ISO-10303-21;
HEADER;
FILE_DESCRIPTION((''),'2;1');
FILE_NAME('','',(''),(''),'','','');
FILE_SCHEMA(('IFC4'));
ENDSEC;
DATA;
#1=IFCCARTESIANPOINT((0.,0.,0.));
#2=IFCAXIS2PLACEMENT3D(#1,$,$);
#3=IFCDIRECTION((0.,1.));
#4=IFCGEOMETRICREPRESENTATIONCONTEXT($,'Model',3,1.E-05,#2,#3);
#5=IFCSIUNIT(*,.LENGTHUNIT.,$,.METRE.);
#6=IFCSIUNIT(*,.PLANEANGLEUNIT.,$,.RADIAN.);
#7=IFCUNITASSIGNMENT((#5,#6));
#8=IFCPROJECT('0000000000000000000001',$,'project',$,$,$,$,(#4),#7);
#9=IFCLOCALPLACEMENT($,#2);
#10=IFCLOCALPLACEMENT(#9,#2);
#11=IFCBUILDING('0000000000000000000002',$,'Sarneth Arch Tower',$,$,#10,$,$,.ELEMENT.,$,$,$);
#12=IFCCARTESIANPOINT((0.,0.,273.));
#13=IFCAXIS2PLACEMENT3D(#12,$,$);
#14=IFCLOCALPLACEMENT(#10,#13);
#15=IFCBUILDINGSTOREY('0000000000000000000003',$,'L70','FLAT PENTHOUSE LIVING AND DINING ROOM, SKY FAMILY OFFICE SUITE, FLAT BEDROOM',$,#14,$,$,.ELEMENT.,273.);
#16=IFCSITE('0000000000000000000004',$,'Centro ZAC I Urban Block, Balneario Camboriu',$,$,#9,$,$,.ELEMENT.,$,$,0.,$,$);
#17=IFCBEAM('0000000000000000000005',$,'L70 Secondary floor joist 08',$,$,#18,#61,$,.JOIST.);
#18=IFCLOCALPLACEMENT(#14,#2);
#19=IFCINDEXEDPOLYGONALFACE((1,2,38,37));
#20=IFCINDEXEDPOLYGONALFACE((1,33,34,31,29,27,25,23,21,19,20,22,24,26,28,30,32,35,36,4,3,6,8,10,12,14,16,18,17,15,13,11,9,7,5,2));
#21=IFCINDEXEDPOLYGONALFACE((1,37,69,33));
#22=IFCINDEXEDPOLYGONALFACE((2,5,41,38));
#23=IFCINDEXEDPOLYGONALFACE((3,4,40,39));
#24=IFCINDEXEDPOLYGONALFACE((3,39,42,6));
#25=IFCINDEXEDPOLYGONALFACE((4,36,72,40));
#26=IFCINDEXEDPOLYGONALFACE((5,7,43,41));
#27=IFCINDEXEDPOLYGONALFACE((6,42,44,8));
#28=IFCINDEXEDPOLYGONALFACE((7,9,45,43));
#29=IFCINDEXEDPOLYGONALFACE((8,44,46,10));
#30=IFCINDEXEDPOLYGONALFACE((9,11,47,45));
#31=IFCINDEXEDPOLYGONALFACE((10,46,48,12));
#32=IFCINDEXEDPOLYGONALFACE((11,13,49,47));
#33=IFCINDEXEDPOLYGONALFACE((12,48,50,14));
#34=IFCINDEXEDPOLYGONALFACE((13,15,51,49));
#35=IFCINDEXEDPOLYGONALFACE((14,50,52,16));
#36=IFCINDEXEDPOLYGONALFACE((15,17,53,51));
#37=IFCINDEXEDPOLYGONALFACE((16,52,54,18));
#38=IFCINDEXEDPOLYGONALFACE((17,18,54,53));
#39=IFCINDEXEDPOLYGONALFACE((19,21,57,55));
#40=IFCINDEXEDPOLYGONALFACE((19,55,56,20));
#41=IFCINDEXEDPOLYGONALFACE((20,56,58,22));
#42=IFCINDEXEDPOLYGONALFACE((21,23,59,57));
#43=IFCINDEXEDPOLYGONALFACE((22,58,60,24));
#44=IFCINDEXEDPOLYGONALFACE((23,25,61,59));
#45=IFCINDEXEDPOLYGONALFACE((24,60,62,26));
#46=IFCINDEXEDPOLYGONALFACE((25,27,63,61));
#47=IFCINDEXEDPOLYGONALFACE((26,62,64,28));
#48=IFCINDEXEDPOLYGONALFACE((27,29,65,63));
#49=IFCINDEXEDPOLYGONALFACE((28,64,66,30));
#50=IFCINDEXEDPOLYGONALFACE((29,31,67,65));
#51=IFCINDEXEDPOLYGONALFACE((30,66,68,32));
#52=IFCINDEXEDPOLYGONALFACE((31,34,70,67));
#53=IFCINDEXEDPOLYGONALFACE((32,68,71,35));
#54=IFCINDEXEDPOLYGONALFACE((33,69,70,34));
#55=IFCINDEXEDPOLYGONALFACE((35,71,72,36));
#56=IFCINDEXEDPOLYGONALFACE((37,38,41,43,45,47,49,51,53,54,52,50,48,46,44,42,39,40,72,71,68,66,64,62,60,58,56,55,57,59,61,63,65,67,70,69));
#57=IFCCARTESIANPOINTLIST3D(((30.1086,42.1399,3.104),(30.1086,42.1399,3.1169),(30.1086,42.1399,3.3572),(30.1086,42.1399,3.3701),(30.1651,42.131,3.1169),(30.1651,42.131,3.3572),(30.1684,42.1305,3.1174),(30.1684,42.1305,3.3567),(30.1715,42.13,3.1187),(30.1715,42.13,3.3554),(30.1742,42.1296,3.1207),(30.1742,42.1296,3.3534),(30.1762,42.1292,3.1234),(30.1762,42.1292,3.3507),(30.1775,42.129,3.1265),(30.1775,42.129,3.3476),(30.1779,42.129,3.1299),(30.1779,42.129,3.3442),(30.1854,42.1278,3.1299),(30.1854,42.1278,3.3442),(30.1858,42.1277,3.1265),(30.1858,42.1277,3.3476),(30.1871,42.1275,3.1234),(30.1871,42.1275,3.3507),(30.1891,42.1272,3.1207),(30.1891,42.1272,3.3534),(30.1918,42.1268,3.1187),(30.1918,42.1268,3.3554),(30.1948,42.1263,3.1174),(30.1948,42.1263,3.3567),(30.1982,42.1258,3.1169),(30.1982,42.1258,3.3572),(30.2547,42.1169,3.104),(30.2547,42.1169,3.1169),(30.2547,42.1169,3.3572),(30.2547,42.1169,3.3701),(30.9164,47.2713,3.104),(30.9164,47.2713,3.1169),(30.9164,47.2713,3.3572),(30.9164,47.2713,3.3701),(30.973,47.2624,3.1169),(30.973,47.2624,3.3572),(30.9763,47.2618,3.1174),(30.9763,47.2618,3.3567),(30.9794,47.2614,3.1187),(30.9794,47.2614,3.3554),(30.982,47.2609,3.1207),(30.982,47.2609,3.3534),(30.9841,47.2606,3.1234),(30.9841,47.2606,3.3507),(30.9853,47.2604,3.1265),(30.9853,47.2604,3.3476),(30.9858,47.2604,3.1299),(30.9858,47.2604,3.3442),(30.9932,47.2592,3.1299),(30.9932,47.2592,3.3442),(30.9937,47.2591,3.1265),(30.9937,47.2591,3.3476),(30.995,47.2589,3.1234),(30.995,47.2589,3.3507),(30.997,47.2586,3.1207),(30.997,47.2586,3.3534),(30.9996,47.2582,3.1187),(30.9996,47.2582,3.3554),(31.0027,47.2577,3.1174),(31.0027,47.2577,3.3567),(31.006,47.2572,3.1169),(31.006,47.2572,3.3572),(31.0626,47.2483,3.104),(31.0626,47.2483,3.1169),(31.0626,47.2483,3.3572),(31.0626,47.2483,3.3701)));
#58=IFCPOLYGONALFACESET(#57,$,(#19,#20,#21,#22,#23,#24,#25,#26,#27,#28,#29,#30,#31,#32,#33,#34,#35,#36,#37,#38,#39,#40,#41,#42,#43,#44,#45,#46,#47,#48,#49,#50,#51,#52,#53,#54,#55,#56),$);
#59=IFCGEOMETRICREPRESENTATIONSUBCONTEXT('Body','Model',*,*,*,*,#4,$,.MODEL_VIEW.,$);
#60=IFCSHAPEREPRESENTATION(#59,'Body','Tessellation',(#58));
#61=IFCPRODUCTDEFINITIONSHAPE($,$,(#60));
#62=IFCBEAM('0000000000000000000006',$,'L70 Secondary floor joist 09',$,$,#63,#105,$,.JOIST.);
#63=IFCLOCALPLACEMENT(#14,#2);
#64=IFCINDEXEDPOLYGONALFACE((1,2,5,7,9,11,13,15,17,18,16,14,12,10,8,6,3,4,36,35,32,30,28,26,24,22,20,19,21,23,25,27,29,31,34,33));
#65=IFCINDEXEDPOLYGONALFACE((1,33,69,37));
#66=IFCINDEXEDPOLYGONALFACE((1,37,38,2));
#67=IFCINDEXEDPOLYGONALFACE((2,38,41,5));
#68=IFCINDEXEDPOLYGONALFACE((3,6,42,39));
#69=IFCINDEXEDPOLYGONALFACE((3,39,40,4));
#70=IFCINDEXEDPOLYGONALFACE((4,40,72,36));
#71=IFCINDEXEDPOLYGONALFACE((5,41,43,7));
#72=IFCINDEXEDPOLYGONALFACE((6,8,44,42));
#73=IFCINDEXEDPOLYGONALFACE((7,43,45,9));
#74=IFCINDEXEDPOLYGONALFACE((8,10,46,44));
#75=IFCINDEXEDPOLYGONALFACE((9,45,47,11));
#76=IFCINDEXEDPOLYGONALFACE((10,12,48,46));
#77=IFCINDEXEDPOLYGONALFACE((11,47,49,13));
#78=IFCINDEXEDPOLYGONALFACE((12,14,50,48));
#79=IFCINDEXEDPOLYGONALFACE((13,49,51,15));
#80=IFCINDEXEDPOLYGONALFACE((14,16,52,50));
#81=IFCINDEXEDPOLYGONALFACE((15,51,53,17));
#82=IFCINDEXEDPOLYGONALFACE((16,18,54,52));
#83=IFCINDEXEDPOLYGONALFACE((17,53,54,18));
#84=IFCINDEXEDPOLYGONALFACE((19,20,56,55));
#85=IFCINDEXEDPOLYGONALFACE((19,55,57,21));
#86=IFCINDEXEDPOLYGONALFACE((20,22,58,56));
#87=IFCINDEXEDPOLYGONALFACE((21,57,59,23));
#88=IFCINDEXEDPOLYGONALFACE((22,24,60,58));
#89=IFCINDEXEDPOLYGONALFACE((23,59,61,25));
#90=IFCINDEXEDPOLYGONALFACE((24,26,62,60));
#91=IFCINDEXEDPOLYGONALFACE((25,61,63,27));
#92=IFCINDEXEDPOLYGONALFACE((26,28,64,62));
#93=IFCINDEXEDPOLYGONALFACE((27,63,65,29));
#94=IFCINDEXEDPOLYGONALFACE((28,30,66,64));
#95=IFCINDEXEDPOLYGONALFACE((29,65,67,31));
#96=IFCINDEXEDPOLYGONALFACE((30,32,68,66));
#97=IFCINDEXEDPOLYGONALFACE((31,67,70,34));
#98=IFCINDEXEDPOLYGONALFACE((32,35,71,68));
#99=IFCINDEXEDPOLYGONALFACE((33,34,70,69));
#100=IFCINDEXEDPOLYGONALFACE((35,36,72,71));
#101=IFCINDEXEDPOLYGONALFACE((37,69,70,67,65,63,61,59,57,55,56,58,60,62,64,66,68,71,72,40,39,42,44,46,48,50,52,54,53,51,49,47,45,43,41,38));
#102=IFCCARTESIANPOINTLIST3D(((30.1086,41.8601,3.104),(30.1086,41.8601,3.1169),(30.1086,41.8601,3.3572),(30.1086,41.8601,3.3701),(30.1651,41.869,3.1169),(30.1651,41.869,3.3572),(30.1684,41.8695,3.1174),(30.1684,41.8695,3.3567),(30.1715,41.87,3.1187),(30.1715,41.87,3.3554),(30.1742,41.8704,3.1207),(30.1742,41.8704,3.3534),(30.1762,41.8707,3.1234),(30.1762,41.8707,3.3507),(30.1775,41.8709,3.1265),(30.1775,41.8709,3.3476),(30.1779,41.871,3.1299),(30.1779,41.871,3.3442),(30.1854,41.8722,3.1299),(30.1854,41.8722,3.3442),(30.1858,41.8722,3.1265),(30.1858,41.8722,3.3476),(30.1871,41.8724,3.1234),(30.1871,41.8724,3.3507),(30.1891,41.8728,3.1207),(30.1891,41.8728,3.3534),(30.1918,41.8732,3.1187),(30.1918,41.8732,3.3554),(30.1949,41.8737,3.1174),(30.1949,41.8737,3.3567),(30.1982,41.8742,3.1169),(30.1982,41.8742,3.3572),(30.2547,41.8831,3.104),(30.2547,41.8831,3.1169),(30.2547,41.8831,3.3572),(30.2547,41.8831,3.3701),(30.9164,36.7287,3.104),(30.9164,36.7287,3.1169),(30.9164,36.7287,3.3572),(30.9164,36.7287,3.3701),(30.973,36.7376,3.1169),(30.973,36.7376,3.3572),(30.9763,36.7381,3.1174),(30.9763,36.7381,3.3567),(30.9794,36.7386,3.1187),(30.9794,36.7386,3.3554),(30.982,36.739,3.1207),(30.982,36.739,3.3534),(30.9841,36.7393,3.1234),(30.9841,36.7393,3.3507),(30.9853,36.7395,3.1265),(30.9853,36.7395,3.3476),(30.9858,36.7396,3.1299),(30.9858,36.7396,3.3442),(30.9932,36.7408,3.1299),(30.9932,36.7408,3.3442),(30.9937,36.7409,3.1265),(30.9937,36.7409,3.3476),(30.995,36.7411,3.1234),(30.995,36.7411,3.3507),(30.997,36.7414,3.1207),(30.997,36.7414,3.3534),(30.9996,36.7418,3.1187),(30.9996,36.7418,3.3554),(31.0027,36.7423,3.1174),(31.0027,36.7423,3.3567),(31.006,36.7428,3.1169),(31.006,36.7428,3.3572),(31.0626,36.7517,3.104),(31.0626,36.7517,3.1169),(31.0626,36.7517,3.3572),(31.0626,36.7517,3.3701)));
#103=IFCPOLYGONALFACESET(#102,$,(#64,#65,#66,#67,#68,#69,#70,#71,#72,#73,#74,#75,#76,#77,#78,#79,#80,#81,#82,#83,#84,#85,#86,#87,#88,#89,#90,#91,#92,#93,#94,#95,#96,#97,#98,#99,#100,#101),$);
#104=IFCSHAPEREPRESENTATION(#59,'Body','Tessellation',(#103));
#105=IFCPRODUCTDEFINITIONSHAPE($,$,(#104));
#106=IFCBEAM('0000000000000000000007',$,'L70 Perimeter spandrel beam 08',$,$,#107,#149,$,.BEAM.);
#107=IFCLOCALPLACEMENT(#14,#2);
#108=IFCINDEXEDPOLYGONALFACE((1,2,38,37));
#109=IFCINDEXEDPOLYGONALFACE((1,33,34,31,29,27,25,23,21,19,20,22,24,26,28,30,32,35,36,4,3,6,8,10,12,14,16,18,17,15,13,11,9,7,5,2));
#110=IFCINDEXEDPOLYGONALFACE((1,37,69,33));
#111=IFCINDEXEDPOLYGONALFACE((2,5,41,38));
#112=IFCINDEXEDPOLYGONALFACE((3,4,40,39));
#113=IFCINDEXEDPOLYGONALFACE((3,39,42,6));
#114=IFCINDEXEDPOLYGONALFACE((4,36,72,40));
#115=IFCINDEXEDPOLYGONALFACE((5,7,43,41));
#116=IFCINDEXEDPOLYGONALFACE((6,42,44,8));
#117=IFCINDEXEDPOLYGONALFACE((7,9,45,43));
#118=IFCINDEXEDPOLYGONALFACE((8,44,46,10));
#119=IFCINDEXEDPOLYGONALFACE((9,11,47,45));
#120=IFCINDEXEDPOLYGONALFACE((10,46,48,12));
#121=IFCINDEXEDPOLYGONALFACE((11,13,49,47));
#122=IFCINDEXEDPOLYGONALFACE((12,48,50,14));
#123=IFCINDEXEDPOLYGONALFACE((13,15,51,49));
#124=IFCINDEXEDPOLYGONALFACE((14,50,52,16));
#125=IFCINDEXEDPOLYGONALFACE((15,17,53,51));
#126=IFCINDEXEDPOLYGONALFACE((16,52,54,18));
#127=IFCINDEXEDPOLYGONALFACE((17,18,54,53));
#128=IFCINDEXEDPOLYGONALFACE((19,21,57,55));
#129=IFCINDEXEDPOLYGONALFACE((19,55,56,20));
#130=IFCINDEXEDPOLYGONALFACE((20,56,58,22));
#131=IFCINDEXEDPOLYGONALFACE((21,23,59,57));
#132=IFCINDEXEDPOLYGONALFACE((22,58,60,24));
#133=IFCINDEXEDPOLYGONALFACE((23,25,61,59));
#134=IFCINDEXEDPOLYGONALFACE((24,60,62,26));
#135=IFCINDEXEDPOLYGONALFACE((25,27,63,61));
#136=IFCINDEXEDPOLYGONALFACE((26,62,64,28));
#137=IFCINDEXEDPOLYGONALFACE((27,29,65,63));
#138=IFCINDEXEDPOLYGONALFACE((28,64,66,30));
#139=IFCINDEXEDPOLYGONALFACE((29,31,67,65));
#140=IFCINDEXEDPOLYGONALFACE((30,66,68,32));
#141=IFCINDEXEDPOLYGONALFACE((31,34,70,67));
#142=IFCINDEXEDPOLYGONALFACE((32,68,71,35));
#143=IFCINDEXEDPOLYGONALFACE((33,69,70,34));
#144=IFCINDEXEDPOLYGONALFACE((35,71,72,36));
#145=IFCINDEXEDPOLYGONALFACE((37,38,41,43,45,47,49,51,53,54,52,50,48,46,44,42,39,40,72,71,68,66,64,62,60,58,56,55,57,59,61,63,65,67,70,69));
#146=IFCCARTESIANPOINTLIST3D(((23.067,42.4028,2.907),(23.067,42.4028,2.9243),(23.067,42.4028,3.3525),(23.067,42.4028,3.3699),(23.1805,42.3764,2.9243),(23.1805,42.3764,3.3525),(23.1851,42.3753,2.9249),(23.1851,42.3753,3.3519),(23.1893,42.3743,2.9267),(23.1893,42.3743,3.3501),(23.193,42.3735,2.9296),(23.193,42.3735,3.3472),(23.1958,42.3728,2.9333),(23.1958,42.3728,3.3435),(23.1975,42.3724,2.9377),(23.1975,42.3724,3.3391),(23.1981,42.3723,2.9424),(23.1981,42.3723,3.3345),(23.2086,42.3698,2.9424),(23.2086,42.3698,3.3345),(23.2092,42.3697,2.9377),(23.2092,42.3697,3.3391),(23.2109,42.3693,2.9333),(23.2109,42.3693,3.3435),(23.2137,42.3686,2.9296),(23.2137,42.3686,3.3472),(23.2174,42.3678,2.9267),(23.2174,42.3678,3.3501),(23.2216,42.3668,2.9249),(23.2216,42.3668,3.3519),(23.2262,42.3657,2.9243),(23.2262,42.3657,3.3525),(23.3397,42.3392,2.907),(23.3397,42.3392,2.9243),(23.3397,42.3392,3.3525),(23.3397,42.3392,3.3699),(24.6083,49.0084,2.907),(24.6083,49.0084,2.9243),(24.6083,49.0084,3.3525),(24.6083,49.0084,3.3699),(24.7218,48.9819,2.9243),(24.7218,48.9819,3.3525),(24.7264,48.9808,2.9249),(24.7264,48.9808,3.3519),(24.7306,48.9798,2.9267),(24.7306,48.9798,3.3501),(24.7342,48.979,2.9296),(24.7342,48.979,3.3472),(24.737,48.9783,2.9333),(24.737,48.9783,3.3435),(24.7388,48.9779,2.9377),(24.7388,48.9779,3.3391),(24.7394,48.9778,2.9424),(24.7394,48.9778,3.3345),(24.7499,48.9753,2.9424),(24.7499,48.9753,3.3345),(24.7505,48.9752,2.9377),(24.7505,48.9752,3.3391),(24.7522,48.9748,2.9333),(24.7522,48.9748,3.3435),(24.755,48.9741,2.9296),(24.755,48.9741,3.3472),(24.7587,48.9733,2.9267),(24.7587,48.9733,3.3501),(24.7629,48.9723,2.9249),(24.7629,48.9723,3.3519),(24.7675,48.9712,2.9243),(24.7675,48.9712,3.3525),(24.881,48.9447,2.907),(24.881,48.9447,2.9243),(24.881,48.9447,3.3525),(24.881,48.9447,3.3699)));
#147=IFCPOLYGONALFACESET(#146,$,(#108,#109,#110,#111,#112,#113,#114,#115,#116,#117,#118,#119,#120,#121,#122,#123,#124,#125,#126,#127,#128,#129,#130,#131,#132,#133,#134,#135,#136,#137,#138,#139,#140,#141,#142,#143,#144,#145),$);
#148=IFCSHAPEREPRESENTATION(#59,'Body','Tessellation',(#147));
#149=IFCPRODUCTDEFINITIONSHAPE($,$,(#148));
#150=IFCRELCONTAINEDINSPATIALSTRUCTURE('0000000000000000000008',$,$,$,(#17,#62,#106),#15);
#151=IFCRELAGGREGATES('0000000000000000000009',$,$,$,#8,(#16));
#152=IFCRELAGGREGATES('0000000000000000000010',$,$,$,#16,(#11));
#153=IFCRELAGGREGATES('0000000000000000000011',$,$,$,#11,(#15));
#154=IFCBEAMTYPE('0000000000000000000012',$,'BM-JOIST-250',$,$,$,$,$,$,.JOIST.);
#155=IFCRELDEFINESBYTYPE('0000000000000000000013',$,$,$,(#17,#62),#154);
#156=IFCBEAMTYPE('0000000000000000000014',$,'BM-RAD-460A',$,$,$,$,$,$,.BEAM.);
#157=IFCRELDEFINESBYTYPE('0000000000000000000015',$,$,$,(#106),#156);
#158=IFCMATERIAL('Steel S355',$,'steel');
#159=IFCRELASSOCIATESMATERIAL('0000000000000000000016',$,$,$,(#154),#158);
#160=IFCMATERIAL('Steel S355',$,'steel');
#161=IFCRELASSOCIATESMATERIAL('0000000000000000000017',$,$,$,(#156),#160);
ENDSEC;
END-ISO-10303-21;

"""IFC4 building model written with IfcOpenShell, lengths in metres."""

from ifc_helpers import new_model, si_unit, direction, frame, origin, origin_2d, place, context, subcontext, project, spatial, i_section, extrude, material, material_profile, profile_set, type_object, element, save


model = new_model("IFC4")

# Units and contexts
model_context = context("Model", 3, precision=1e-05, world=origin(), true_north=direction((0.0, 1.0)))
body_context = subcontext(model_context, "Body", "Model", "MODEL_VIEW")
ifc_project = project(units=[si_unit("LENGTHUNIT", "METRE"), si_unit("PLANEANGLEUNIT", "RADIAN")], contexts=[model_context])

# Site, building, storey
site_placement = place(None, origin())
site = spatial("IfcSite", under=ifc_project, at=site_placement, Name="Centro ZAC I Urban Block, Balneario Camboriu", CompositionType="ELEMENT", RefElevation=0.0)
building_placement = place(site_placement, origin())
building = spatial("IfcBuilding", under=site, at=building_placement, Name="Sarneth Arch Tower", CompositionType="ELEMENT")
storey_placement = place(building_placement, frame((0.0, 0.0, 273.0)))
storey = spatial("IfcBuildingStorey", under=building, at=storey_placement, Name="L70", Description="FLAT PENTHOUSE LIVING AND DINING ROOM, SKY FAMILY OFFICE SUITE, FLAT BEDROOM", CompositionType="ELEMENT", Elevation=273.0)

# Beams
ifc_material_1 = material(Name="Steel S355", Category="steel")
ifc_material_profile_1 = material_profile(ifc_material_1, i_section(OverallWidth=0.1479, OverallDepth=0.2661, WebThickness=0.0076, FlangeThickness=0.0129, FilletRadius=0.0129, at=origin_2d()), Name="W250x44.8")
ifc_profile_set_1 = profile_set([ifc_material_profile_1], Name="Steel S355")
beam_type_1 = type_object("IfcBeamType", Name="BM-JOIST-250", PredefinedType="JOIST", material=ifc_profile_set_1)
for number, where, z_axis, x_axis, name in (
    (1, (30.9895, 47.2598, 3.2371), (-0.155521, -0.987833, 0.0), (0.987833, -0.155521, 0.0), "L70 Secondary floor joist 08"),
    (2, (30.1816, 41.8716, 3.2371), (0.155521, -0.987833, 0.0), (0.987833, 0.155521, 0.0), "L70 Secondary floor joist 09"),
):
    element("IfcBeam", number, at=place(storey_placement, frame(where, z_axis=z_axis, x_axis=x_axis)), inside=storey, type_object=beam_type_1, Name=name, PredefinedType="JOIST", context=body_context, shape_type="SweptSolid", body=[
        extrude(i_section(OverallWidth=0.1479, OverallDepth=0.2661, WebThickness=0.0076, FlangeThickness=0.0129, FilletRadius=0.0129, at=origin_2d()), origin(), (0.0, 0.0, 1.0), 5.1946),
    ])
ifc_material_2 = material(Name="Steel S355", Category="steel")
ifc_material_profile_2 = material_profile(ifc_material_2, i_section(OverallWidth=0.28, OverallDepth=0.4629, WebThickness=0.0107, FlangeThickness=0.0173, FilletRadius=0.0181, at=origin_2d()), Name="W460x113")
ifc_profile_set_2 = profile_set([ifc_material_profile_2], Name="Steel S355")
beam_type_2 = type_object("IfcBeamType", Name="BM-RAD-460A", PredefinedType="BEAM", material=ifc_profile_set_2)
beam_1_placement = place(storey_placement, frame((24.7446, 48.9766, 3.1384), z_axis=(-0.227227, -0.973842, 0.0), x_axis=(0.973842, -0.227227, 0.0)))
element("IfcBeam", 3, at=beam_1_placement, inside=storey, type_object=beam_type_2, Name="L70 Perimeter spandrel beam 08", PredefinedType="BEAM", context=body_context, shape_type="SweptSolid", body=[
    extrude(i_section(OverallWidth=0.28, OverallDepth=0.4629, WebThickness=0.0107, FlangeThickness=0.0173, FilletRadius=0.0181, at=origin_2d()), origin(), (0.0, 0.0, 1.0), 6.783),
])

save(model, "model.ifc")
